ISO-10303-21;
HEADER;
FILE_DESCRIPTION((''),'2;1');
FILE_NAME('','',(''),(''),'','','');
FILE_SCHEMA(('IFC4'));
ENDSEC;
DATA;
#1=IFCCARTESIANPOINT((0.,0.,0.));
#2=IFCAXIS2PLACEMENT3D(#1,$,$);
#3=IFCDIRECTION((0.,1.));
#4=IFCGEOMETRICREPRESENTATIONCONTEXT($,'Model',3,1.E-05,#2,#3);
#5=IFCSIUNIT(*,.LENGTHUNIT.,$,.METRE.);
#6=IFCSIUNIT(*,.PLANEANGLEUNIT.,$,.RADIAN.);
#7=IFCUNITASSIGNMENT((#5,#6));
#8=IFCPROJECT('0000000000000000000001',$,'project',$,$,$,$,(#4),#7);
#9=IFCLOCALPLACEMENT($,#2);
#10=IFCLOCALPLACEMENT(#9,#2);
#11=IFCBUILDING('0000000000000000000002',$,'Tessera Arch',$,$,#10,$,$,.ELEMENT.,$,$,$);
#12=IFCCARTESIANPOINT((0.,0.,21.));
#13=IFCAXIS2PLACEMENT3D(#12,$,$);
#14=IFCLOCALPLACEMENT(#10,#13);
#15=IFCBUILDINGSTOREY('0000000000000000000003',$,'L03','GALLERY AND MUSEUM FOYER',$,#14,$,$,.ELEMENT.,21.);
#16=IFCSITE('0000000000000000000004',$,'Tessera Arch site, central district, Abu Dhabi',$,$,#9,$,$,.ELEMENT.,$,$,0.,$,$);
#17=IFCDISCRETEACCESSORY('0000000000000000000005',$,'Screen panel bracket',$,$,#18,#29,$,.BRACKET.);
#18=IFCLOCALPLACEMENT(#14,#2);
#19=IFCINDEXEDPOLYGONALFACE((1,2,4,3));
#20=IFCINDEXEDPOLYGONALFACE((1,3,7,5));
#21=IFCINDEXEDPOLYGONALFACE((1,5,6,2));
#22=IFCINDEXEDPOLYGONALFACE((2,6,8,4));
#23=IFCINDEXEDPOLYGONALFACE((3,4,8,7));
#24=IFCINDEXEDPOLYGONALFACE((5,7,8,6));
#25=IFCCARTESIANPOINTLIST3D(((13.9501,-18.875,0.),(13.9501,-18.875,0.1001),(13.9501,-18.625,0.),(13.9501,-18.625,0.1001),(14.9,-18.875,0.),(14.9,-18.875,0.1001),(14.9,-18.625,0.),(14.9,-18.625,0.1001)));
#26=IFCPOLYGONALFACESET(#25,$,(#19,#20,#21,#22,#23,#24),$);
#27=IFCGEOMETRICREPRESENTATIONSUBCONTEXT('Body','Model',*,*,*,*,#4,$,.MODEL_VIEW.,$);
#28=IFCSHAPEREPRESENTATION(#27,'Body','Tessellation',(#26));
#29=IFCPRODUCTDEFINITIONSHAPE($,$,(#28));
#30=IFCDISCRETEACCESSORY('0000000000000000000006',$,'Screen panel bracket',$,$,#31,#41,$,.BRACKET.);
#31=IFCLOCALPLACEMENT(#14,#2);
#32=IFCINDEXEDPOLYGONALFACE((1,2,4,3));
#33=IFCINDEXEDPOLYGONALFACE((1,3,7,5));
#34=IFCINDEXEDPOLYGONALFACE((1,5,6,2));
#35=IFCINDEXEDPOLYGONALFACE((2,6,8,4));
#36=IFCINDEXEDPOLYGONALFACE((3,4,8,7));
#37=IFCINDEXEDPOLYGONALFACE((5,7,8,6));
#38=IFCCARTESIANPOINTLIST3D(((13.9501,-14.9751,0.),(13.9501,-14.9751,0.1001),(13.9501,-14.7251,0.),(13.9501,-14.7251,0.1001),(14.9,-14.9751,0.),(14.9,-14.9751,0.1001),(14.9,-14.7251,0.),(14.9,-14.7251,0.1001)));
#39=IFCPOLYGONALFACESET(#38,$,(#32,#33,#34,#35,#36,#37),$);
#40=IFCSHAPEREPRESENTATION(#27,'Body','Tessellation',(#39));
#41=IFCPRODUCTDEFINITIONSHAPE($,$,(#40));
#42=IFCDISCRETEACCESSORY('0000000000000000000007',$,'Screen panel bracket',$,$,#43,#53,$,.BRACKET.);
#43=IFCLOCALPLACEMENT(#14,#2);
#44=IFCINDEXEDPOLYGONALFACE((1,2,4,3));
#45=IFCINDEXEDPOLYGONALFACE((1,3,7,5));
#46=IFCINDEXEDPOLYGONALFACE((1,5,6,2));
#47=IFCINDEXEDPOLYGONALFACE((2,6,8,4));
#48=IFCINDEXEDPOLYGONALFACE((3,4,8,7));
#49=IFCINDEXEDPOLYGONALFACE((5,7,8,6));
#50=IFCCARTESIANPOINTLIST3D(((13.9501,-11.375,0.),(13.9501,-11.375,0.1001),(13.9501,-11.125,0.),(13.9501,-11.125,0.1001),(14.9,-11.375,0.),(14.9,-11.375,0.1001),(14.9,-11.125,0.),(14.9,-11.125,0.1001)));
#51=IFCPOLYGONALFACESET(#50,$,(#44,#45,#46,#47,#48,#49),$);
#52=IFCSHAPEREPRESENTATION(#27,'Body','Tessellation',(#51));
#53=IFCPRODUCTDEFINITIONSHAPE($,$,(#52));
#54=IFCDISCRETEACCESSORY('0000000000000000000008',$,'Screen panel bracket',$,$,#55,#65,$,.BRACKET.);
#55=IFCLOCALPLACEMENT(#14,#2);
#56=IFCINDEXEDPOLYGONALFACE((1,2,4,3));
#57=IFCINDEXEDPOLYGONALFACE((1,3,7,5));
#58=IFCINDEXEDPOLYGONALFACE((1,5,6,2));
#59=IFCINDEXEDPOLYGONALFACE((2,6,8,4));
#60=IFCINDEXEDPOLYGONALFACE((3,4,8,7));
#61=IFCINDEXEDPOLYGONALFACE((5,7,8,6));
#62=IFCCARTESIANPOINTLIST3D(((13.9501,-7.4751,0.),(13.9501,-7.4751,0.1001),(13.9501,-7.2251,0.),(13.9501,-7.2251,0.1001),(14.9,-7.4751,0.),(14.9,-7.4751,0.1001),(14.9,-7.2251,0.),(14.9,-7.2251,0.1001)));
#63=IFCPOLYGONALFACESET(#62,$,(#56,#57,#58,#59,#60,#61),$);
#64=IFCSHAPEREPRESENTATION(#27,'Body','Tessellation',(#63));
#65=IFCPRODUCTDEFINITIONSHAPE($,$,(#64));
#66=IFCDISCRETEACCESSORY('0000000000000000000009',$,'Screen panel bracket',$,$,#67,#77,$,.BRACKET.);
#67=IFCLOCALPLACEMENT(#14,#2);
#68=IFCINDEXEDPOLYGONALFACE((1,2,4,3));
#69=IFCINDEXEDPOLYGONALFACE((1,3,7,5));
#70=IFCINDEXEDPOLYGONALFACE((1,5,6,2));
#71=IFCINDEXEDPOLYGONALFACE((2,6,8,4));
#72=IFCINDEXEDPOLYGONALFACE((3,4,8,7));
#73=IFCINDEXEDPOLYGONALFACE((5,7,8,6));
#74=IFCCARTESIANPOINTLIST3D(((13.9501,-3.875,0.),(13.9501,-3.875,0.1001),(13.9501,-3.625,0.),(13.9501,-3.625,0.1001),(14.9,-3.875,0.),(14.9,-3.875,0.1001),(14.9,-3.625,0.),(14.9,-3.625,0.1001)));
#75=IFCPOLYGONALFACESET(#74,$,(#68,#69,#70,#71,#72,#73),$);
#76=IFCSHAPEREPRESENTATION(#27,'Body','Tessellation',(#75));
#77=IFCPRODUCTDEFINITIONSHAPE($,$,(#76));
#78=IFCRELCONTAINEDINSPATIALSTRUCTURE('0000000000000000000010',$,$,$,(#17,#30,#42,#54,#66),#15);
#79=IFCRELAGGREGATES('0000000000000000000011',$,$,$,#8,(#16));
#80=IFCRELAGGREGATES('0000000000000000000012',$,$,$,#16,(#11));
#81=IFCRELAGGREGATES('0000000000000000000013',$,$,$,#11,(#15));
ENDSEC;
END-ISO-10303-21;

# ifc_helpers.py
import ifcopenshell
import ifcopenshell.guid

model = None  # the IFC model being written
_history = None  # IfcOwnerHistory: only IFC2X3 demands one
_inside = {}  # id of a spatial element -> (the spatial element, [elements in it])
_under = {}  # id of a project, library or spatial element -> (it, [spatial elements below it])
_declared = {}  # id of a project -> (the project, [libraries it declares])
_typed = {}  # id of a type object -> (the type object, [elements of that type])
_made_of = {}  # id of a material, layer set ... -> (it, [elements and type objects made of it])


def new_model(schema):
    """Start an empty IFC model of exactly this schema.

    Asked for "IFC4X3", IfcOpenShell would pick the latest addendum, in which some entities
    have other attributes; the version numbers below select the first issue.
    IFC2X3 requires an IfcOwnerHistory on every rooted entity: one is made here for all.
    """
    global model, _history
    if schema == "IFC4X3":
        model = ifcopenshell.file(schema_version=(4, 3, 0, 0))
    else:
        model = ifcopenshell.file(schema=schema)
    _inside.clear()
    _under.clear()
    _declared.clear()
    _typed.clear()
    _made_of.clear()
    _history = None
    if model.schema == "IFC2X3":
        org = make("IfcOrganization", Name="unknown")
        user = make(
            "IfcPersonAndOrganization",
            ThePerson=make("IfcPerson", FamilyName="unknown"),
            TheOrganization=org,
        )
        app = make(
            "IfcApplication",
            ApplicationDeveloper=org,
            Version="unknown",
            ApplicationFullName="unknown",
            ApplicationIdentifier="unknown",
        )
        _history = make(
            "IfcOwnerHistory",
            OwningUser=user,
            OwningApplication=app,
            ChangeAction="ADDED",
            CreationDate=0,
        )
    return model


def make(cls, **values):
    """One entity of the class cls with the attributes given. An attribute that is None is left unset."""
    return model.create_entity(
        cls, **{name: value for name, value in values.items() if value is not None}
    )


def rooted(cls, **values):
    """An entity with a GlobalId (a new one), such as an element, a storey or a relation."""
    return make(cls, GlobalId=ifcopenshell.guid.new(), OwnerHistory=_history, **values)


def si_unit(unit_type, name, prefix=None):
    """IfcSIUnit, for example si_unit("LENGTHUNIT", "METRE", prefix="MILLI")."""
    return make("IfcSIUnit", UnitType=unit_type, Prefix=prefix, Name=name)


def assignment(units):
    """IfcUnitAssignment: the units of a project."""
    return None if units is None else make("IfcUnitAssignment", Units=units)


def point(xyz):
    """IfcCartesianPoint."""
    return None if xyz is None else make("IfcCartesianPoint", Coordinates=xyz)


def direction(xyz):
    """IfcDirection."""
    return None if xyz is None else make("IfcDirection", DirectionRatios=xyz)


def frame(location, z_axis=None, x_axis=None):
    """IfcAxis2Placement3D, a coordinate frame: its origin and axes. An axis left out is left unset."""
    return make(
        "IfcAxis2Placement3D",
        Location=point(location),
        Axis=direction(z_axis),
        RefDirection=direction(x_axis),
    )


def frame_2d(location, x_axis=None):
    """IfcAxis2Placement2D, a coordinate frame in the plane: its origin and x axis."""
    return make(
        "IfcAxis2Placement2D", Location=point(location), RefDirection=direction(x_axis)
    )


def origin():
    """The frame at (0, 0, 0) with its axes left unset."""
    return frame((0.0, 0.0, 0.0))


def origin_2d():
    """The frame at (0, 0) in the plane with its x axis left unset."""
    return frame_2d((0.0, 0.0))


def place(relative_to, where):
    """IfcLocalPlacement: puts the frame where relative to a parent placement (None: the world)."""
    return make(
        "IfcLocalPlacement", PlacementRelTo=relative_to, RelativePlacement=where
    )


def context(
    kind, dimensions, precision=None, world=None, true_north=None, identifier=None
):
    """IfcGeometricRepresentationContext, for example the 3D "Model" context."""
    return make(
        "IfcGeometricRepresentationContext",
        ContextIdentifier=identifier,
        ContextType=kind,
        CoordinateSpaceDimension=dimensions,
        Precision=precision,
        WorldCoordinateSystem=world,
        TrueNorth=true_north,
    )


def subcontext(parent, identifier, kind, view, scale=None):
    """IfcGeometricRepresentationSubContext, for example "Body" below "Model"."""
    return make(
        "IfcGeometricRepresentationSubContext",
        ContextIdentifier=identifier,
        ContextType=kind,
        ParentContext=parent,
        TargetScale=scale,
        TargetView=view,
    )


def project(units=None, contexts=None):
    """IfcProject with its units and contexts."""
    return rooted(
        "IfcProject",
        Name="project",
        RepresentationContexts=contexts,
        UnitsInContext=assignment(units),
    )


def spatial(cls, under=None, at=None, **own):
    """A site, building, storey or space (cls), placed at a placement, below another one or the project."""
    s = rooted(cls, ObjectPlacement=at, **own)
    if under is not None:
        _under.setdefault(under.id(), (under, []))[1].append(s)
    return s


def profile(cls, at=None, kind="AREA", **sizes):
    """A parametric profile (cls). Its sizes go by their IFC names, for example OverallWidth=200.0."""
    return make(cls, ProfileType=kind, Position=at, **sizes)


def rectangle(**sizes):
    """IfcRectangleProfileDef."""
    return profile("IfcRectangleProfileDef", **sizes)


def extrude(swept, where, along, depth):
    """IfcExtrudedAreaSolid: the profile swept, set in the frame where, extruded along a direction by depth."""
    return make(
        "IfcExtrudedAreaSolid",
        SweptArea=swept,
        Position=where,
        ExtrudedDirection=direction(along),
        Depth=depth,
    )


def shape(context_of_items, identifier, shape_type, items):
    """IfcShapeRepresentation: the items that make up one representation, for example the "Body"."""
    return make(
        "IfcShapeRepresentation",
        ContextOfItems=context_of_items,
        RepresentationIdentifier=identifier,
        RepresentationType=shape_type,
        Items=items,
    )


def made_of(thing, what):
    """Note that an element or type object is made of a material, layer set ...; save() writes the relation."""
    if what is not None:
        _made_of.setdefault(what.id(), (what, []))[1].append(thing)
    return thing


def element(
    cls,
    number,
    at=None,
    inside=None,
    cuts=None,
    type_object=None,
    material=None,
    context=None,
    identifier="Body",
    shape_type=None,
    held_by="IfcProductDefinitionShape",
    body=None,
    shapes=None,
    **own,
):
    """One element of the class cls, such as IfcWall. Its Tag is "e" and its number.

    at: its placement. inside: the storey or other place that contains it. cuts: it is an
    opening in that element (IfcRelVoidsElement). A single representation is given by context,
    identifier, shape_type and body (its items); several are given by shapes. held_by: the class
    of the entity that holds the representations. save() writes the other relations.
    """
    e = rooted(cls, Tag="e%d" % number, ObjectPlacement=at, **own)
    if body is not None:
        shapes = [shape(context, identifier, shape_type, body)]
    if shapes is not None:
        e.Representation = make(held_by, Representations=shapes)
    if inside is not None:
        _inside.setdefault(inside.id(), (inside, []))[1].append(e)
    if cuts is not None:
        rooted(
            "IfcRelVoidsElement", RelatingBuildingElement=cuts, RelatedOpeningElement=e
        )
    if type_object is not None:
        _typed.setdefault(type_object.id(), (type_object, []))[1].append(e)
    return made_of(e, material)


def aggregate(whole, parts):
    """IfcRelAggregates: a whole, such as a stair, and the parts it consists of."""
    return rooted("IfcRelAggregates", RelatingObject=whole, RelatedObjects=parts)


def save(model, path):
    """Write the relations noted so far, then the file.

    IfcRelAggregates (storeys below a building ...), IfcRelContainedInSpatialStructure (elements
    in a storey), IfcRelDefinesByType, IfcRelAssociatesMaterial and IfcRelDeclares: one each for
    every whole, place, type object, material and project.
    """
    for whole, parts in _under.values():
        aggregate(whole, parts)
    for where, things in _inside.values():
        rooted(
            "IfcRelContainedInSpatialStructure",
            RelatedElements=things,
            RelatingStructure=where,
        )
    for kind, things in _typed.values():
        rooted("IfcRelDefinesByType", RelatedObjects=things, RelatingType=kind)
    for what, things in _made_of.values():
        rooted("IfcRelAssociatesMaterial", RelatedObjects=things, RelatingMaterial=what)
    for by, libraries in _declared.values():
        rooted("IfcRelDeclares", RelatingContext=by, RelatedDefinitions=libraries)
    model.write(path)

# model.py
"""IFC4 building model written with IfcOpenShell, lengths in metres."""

from ifc_helpers import new_model, si_unit, direction, frame, origin, origin_2d, place, context, subcontext, project, spatial, rectangle, extrude, element, save


model = new_model("IFC4")

# Units and contexts
model_context = context("Model", 3, precision=1e-05, world=origin(), true_north=direction((0.0, 1.0)))
body_context = subcontext(model_context, "Body", "Model", "MODEL_VIEW")
ifc_project = project(units=[si_unit("LENGTHUNIT", "METRE"), si_unit("PLANEANGLEUNIT", "RADIAN")], contexts=[model_context])

# Site, building, storey
site_placement = place(None, origin())
site = spatial("IfcSite", under=ifc_project, at=site_placement, Name="Tessera Arch site, central district, Abu Dhabi", CompositionType="ELEMENT", RefElevation=0.0)
building_placement = place(site_placement, origin())
building = spatial("IfcBuilding", under=site, at=building_placement, Name="Tessera Arch", CompositionType="ELEMENT")
storey_placement = place(building_placement, frame((0.0, 0.0, 21.0)))
storey = spatial("IfcBuildingStorey", under=building, at=storey_placement, Name="L03", Description="GALLERY AND MUSEUM FOYER", CompositionType="ELEMENT", Elevation=21.0)

# Discrete accessories
for number, where, z_axis, x_axis, name in (
    (1, (14.425, -18.75, 0.0), (0.0, 0.0, 1.0), (1.0, 0.0, 0.0), "Screen panel bracket"),
    (2, (14.425, -14.8501, 0.0), (0.0, 0.0, 1.0), (1.0, 0.0, 0.0), "Screen panel bracket"),
    (3, (14.425, -11.25, 0.0), (0.0, 0.0, 1.0), (1.0, 0.0, 0.0), "Screen panel bracket"),
    (4, (14.425, -7.3501, 0.0), (0.0, 0.0, 1.0), (1.0, 0.0, 0.0), "Screen panel bracket"),
    (5, (14.425, -3.75, 0.0), (0.0, 0.0, 1.0), (1.0, 0.0, 0.0), "Screen panel bracket"),
):
    element("IfcDiscreteAccessory", number, at=place(storey_placement, frame(where, z_axis=z_axis, x_axis=x_axis)), inside=storey, Name=name, PredefinedType="BRACKET", context=body_context, shape_type="SweptSolid", body=[
        extrude(rectangle(XDim=0.95, YDim=0.25, at=origin_2d()), origin(), (0.0, 0.0, 1.0), 0.1001),
    ])

save(model, "model.ifc")
